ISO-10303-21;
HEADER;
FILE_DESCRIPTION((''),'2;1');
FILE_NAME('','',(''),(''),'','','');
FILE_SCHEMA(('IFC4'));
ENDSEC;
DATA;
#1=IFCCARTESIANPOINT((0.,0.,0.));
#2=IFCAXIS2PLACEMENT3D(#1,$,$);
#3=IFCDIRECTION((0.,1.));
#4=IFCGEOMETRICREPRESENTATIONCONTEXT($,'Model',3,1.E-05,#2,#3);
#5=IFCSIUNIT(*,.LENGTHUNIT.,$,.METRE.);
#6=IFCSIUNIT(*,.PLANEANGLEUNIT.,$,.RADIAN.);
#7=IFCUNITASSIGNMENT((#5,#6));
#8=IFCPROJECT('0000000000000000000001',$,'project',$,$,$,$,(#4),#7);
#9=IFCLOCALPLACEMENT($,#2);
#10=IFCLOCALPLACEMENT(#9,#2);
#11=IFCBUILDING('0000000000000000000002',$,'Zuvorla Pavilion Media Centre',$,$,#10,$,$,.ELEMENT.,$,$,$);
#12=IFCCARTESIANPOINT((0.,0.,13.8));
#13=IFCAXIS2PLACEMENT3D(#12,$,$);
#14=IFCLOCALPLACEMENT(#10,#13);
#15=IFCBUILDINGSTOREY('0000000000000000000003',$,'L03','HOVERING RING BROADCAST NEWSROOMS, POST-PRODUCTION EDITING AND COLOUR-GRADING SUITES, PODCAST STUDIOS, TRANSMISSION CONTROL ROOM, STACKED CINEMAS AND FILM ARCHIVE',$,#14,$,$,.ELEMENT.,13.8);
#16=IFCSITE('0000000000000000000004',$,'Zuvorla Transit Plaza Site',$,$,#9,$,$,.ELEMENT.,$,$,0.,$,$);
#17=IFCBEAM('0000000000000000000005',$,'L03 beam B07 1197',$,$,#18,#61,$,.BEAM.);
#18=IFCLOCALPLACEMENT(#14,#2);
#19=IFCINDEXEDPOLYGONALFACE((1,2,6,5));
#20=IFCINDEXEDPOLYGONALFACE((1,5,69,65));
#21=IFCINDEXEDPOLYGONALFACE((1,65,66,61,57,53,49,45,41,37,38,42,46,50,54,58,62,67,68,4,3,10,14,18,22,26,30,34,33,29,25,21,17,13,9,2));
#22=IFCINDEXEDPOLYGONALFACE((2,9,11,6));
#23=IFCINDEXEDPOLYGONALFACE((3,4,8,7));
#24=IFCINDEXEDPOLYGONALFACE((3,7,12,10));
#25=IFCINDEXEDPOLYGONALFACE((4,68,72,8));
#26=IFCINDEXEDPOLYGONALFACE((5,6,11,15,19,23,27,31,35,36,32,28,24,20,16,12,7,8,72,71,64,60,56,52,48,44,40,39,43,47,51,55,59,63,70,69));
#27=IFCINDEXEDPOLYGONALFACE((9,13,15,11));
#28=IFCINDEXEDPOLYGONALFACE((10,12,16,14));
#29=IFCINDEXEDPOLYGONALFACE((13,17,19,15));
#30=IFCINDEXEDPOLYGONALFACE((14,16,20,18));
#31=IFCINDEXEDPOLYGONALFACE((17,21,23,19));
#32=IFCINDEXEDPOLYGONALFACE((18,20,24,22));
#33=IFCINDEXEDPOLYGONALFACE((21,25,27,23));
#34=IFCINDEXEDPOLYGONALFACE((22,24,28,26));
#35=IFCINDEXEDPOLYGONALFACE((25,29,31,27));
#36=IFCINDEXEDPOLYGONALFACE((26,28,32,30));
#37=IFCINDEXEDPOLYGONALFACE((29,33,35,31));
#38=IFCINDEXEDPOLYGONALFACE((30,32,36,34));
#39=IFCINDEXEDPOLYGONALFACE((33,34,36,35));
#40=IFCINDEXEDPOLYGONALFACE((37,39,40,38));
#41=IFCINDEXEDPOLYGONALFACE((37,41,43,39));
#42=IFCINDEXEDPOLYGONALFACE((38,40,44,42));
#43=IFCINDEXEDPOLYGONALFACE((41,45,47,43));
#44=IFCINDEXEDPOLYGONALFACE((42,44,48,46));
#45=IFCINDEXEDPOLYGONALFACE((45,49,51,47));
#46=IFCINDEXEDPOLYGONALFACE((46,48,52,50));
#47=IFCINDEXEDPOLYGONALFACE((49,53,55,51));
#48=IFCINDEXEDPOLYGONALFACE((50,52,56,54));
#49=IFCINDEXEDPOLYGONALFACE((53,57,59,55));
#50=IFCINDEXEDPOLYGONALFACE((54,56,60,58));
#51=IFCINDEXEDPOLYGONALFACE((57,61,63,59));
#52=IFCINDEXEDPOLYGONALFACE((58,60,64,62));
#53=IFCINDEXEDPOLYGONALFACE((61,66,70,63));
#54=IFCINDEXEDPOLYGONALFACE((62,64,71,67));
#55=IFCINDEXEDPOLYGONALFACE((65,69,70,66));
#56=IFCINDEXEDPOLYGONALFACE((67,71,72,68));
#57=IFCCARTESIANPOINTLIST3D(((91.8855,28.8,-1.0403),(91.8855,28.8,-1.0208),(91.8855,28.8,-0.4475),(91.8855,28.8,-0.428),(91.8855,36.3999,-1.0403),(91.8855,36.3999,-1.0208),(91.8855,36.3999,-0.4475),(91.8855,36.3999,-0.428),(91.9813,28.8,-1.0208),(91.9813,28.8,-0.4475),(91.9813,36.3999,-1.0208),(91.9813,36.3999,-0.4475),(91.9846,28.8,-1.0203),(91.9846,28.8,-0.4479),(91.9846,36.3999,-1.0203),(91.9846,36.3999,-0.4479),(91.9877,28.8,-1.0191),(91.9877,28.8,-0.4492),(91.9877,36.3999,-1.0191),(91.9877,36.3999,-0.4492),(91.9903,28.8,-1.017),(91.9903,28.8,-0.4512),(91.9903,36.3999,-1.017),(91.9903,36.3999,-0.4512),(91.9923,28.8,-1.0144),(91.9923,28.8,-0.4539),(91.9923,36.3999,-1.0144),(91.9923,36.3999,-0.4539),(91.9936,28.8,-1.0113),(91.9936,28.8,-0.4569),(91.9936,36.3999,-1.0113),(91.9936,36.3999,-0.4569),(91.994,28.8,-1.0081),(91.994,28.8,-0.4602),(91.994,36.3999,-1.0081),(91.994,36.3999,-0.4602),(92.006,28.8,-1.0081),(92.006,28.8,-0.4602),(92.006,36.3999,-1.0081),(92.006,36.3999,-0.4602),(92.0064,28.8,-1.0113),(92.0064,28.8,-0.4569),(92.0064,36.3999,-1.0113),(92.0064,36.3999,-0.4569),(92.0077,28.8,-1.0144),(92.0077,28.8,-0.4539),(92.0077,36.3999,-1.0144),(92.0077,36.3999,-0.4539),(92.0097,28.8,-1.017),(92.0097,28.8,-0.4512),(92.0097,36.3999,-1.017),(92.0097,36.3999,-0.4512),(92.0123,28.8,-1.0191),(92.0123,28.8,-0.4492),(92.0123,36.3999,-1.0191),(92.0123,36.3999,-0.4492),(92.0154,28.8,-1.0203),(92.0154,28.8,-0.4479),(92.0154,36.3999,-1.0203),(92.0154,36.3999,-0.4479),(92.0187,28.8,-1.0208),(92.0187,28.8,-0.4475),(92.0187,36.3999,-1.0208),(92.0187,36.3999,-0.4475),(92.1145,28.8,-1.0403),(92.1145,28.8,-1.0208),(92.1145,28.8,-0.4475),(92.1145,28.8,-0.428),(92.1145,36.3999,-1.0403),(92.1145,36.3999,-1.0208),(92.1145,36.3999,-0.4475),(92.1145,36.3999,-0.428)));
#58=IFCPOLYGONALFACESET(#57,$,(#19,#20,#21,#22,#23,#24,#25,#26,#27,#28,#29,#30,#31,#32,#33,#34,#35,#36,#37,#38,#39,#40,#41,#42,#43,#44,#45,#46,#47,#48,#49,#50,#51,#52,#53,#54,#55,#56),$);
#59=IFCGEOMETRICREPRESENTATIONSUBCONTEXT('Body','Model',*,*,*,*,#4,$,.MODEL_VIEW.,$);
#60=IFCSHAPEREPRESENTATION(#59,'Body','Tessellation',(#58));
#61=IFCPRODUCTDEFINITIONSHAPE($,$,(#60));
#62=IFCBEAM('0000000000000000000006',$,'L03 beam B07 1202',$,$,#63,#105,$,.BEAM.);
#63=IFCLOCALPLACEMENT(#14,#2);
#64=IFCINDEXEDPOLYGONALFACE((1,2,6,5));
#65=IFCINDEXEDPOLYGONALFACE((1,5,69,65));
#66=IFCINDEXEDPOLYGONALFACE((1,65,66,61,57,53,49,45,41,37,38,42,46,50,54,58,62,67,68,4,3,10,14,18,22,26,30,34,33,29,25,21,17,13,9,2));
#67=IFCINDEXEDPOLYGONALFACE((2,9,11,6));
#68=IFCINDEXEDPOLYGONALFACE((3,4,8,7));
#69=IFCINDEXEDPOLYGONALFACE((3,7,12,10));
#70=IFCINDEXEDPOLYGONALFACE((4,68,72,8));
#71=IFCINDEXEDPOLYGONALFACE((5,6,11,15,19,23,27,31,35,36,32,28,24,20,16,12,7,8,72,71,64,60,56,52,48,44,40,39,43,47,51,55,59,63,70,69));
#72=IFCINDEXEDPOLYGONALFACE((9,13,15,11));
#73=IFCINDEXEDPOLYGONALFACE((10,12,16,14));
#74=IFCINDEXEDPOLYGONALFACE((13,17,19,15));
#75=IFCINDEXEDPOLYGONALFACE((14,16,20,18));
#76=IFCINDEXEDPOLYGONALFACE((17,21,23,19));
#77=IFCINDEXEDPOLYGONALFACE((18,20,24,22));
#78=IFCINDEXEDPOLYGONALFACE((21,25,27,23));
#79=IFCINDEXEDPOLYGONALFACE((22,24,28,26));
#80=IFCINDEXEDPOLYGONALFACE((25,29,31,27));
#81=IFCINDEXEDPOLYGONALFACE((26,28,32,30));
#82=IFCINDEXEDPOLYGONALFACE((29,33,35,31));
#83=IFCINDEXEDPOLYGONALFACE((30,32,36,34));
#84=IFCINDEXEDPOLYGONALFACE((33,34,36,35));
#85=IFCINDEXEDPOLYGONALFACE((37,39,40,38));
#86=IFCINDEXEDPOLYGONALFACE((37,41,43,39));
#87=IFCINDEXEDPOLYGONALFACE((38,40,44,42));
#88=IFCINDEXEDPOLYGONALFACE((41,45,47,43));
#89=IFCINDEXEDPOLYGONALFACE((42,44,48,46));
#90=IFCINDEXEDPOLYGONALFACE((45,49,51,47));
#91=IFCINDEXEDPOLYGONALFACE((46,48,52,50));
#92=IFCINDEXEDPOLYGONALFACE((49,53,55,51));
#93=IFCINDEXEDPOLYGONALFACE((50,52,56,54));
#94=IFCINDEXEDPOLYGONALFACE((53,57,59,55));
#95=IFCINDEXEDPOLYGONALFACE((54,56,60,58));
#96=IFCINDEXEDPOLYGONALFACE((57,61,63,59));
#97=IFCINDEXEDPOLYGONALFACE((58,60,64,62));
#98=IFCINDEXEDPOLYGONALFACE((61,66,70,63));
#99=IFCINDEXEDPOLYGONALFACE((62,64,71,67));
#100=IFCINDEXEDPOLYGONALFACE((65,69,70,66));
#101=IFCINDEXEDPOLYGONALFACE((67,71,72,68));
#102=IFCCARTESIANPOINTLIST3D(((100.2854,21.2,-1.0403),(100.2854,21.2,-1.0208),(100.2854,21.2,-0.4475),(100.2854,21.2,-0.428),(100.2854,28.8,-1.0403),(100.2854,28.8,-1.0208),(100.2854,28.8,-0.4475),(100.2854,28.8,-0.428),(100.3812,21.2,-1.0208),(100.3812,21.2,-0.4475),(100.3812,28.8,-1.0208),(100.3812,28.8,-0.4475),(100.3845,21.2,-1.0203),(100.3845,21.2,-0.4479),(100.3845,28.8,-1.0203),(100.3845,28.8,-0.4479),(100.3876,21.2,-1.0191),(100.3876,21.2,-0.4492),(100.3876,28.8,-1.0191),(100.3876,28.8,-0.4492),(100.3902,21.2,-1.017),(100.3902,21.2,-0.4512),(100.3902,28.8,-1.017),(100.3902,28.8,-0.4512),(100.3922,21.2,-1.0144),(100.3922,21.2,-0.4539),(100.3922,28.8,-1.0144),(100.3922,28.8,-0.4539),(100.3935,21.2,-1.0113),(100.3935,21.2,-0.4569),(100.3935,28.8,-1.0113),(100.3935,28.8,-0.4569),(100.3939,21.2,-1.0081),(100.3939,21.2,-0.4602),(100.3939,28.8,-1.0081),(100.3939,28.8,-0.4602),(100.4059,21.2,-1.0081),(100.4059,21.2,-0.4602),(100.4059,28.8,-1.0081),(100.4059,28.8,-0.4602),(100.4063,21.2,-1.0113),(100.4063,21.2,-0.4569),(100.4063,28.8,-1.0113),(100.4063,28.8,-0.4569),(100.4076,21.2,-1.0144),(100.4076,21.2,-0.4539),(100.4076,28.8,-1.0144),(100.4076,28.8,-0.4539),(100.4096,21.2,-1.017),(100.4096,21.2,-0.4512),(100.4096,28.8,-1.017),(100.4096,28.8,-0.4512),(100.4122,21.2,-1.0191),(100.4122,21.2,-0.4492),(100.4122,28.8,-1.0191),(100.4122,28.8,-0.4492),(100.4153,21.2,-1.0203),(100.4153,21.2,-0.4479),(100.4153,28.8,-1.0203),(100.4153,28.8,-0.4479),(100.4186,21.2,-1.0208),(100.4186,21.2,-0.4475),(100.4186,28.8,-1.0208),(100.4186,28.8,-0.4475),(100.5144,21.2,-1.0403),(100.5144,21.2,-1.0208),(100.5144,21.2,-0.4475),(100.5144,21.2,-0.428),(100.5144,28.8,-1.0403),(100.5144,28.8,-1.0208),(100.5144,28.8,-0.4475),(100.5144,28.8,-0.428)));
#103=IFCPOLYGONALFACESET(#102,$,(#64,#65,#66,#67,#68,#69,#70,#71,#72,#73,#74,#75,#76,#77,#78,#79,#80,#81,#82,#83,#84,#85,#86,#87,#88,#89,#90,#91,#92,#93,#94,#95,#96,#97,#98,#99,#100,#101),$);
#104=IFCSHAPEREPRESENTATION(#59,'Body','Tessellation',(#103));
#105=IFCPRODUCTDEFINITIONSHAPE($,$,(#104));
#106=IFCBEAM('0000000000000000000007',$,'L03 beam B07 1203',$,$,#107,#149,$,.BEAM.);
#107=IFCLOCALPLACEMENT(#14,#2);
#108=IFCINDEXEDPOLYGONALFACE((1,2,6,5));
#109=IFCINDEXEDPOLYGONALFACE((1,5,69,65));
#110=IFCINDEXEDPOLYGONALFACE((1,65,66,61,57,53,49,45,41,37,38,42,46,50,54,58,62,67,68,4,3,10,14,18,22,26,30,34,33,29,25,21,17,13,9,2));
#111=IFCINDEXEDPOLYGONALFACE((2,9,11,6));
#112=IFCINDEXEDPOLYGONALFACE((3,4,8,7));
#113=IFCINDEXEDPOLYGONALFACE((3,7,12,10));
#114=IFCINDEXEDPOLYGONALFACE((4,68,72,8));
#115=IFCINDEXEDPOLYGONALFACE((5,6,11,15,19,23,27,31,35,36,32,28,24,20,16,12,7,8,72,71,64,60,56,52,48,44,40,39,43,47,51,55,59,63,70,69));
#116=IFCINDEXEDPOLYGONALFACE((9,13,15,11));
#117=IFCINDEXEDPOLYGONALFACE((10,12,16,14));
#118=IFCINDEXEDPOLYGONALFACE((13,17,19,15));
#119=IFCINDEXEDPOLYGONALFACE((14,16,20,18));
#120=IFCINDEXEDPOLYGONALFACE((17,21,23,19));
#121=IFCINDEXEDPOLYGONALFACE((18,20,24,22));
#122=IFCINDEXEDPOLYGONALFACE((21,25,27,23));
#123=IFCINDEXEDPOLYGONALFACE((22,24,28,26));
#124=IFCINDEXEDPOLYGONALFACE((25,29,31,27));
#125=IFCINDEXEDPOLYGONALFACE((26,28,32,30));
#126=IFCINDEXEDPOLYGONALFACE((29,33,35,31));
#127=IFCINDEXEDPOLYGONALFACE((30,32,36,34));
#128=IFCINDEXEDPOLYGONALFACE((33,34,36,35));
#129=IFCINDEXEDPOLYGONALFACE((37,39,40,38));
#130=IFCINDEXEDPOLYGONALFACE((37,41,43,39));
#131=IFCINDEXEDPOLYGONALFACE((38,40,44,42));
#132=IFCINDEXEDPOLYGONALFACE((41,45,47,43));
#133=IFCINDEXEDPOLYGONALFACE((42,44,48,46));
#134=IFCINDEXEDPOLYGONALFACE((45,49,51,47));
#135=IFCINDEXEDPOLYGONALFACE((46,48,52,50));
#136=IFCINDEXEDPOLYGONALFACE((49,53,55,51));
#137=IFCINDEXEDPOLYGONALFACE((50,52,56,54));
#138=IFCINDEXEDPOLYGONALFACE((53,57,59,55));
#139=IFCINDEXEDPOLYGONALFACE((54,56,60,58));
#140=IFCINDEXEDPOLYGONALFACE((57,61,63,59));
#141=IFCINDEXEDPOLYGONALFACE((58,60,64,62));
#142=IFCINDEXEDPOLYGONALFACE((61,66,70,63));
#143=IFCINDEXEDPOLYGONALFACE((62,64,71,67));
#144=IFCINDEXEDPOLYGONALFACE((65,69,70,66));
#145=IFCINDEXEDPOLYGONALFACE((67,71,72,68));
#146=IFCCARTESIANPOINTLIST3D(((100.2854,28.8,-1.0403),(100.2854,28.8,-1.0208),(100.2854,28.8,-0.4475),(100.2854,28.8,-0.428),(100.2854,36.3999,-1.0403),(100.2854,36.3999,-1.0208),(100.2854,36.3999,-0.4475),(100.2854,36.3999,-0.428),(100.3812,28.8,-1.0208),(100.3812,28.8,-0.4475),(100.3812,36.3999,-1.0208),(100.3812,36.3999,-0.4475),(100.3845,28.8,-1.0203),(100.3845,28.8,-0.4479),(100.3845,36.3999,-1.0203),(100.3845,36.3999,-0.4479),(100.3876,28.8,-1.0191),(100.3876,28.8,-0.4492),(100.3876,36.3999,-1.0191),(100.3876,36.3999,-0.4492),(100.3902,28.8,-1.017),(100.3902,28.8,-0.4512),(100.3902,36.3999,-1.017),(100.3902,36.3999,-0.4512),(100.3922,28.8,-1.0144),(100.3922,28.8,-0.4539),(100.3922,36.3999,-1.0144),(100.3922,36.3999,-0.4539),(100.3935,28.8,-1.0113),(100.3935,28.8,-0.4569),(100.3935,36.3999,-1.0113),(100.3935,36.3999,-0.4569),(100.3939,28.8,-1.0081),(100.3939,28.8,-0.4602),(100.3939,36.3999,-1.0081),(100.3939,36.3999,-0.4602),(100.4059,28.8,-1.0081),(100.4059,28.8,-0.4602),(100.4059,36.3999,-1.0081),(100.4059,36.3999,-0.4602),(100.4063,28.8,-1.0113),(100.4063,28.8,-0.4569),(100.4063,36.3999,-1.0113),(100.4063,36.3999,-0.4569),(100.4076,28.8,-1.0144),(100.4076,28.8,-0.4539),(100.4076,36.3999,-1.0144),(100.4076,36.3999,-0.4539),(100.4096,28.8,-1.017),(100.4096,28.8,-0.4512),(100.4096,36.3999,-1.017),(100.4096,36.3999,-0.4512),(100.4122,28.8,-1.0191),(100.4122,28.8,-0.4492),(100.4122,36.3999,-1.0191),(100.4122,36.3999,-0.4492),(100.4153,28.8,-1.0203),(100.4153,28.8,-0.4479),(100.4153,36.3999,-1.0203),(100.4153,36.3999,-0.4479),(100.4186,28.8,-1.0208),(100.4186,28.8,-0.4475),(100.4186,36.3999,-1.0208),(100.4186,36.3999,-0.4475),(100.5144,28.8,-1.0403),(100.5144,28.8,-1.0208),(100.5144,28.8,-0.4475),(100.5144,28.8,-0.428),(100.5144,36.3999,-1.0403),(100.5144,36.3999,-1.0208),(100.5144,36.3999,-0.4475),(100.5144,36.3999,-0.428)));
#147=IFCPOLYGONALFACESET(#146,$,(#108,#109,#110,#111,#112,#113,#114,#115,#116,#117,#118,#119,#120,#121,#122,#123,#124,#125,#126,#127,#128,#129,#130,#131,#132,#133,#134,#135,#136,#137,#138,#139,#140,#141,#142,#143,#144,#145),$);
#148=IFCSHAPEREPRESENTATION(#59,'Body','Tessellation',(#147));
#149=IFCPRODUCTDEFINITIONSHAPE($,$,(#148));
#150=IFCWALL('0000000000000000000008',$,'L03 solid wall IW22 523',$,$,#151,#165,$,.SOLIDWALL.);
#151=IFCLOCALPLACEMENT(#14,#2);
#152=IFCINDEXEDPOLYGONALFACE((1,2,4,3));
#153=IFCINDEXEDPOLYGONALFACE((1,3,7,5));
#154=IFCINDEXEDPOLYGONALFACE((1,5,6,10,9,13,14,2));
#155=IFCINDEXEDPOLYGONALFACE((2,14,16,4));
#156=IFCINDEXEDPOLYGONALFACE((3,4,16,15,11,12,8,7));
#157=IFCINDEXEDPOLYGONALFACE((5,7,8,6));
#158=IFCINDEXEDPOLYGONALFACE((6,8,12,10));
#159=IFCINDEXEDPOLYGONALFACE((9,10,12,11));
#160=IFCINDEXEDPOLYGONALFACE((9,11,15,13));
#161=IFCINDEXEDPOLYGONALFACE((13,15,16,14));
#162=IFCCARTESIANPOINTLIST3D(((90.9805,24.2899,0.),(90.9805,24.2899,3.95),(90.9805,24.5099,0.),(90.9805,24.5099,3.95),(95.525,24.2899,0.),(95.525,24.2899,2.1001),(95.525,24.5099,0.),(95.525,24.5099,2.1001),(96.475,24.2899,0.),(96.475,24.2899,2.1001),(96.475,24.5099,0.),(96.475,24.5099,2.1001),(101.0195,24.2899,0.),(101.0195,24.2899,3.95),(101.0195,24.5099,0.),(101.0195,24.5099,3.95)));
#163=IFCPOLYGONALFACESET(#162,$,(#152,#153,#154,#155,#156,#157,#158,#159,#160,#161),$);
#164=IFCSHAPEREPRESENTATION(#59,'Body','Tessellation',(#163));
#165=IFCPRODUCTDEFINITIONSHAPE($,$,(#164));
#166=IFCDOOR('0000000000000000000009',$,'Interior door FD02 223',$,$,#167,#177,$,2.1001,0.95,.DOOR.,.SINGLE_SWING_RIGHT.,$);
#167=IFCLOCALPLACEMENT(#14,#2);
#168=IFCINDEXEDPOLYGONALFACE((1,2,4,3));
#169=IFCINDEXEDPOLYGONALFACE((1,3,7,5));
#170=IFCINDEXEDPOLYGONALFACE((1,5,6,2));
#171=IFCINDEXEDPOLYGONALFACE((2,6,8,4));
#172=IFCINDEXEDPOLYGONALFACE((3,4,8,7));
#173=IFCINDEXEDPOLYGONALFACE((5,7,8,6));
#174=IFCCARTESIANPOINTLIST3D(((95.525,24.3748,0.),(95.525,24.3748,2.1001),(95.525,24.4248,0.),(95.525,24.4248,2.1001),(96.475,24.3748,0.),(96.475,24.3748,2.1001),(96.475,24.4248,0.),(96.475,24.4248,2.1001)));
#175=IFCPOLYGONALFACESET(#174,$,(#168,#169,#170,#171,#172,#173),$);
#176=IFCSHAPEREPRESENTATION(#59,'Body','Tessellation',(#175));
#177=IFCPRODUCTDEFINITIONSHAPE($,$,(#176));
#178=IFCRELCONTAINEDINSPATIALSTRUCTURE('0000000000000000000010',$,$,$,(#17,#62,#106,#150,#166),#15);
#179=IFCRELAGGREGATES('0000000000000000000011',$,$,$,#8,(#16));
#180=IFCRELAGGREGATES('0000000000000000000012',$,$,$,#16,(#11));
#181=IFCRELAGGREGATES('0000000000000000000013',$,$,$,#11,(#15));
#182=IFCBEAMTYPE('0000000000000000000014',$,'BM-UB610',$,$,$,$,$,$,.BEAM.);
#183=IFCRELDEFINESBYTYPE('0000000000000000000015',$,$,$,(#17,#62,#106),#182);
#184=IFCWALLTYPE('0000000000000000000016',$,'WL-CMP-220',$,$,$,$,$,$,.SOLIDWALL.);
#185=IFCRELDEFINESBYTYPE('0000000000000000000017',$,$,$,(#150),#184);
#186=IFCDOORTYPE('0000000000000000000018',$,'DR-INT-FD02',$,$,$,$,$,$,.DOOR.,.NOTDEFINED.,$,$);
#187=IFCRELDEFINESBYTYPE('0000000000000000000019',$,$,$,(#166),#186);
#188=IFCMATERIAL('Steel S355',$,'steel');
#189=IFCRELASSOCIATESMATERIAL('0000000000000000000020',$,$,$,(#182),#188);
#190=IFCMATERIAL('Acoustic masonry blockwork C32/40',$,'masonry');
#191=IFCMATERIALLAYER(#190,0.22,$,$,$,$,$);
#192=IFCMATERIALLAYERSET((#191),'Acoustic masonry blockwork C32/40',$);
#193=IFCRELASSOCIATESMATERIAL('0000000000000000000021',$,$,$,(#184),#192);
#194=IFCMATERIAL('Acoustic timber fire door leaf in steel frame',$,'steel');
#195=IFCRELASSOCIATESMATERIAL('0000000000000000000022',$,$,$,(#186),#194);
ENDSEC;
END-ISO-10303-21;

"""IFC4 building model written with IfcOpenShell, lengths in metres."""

from ifc_helpers import new_model, si_unit, direction, frame, frame_2d, origin, origin_2d, place, context, subcontext, project, spatial, rectangle, i_section, extrude, material, layer, layer_set, material_profile, profile_set, type_object, element, fill, save


model = new_model("IFC4")

# Units and contexts
model_context = context("Model", 3, precision=1e-05, world=origin(), true_north=direction((0.0, 1.0)))
body_context = subcontext(model_context, "Body", "Model", "MODEL_VIEW")
ifc_project = project(units=[si_unit("LENGTHUNIT", "METRE"), si_unit("PLANEANGLEUNIT", "RADIAN")], contexts=[model_context])

# Site, building, storey
site_placement = place(None, origin())
site = spatial("IfcSite", under=ifc_project, at=site_placement, Name="Zuvorla Transit Plaza Site", CompositionType="ELEMENT", RefElevation=0.0)
building_placement = place(site_placement, origin())
building = spatial("IfcBuilding", under=site, at=building_placement, Name="Zuvorla Pavilion Media Centre", CompositionType="ELEMENT")
storey_placement = place(building_placement, frame((0.0, 0.0, 13.8)))
storey = spatial("IfcBuildingStorey", under=building, at=storey_placement, Name="L03", Description="HOVERING RING BROADCAST NEWSROOMS, POST-PRODUCTION EDITING AND COLOUR-GRADING SUITES, PODCAST STUDIOS, TRANSMISSION CONTROL ROOM, STACKED CINEMAS AND FILM ARCHIVE", CompositionType="ELEMENT", Elevation=13.8)

# Beams
ifc_material_1 = material(Name="Steel S355", Category="steel")
ifc_material_profile_1 = material_profile(ifc_material_1, i_section(OverallWidth=0.229, OverallDepth=0.6123, WebThickness=0.012, FlangeThickness=0.0195, FilletRadius=0.0127, at=origin_2d()), Name="UB 610x229x125")
ifc_profile_set_1 = profile_set([ifc_material_profile_1], Name="Steel S355")
beam_type_1 = type_object("IfcBeamType", Name="BM-UB610", PredefinedType="BEAM", material=ifc_profile_set_1)
beam_1_placement = place(storey_placement, frame((92.0, 28.8, -0.7341), z_axis=(0.0, 1.0, 0.0), x_axis=(-1.0, 0.0, 0.0)))
element("IfcBeam", 1, at=beam_1_placement, inside=storey, type_object=beam_type_1, Name="L03 beam B07 1197", PredefinedType="BEAM", context=body_context, shape_type="SweptSolid", body=[
    extrude(i_section(OverallWidth=0.229, OverallDepth=0.6123, WebThickness=0.012, FlangeThickness=0.0195, FilletRadius=0.0127, at=origin_2d()), origin(), (0.0, 0.0, 1.0), 7.5999),
])
beam_2_placement = place(storey_placement, frame((100.3999, 21.2, -0.7341), z_axis=(0.0, 1.0, 0.0), x_axis=(-1.0, 0.0, 0.0)))
element("IfcBeam", 2, at=beam_2_placement, inside=storey, type_object=beam_type_1, Name="L03 beam B07 1202", PredefinedType="BEAM", context=body_context, shape_type="SweptSolid", body=[
    extrude(i_section(OverallWidth=0.229, OverallDepth=0.6123, WebThickness=0.012, FlangeThickness=0.0195, FilletRadius=0.0127, at=origin_2d()), origin(), (0.0, 0.0, 1.0), 7.6001),
])
beam_3_placement = place(storey_placement, frame((100.3999, 28.8, -0.7341), z_axis=(0.0, 1.0, 0.0), x_axis=(-1.0, 0.0, 0.0)))
element("IfcBeam", 3, at=beam_3_placement, inside=storey, type_object=beam_type_1, Name="L03 beam B07 1203", PredefinedType="BEAM", context=body_context, shape_type="SweptSolid", body=[
    extrude(i_section(OverallWidth=0.229, OverallDepth=0.6123, WebThickness=0.012, FlangeThickness=0.0195, FilletRadius=0.0127, at=origin_2d()), origin(), (0.0, 0.0, 1.0), 7.5999),
])

# Wall, opening, door
ifc_material_2 = material(Name="Acoustic masonry blockwork C32/40", Category="masonry")
ifc_layer_1 = layer(ifc_material_2, 0.22)
ifc_layer_set_1 = layer_set([ifc_layer_1], Name="Acoustic masonry blockwork C32/40")
wall_type_1 = type_object("IfcWallType", Name="WL-CMP-220", PredefinedType="SOLIDWALL", material=ifc_layer_set_1)
wall_1_placement = place(storey_placement, frame((90.9805, 24.3999, 0.0), z_axis=(0.0, 0.0, 1.0), x_axis=(1.0, 0.0, 0.0)))
wall_1 = element("IfcWall", 4, at=wall_1_placement, inside=storey, type_object=wall_type_1, Name="L03 solid wall IW22 523", PredefinedType="SOLIDWALL", context=body_context, shape_type="SweptSolid", body=[
    extrude(rectangle(XDim=10.0391, YDim=0.22, at=frame_2d((5.0195, 0.0))), origin(), (0.0, 0.0, 1.0), 3.95),
])
opening_1_placement = place(wall_1_placement, frame((4.5444, 0.0, 0.0)))
opening_1 = element("IfcOpeningElement", 5, at=opening_1_placement, cuts=wall_1, PredefinedType="OPENING", context=body_context, shape_type="SweptSolid", body=[
    extrude(rectangle(XDim=0.95, YDim=2.1001, at=frame_2d((0.4751, 1.05))), frame((0.0, 0.1199, 0.0), z_axis=(0.0, -1.0, 0.0), x_axis=(1.0, 0.0, 0.0)), (0.0, 0.0, 1.0), 0.24),
])
ifc_material_3 = material(Name="Acoustic timber fire door leaf in steel frame", Category="steel")
door_type = type_object("IfcDoorType", Name="DR-INT-FD02", OperationType="NOTDEFINED", PredefinedType="DOOR", material=ifc_material_3)
door_placement = place(opening_1_placement, origin())
door = element("IfcDoor", 6, at=door_placement, inside=storey, type_object=door_type, Name="Interior door FD02 223", OperationType="SINGLE_SWING_RIGHT", OverallHeight=2.1001, OverallWidth=0.95, PredefinedType="DOOR", context=body_context, shape_type="SweptSolid", body=[
    extrude(rectangle(XDim=0.95, YDim=2.1001, at=frame_2d((0.4751, 1.05))), frame((0.0, 0.0249, 0.0), z_axis=(0.0, -1.0, 0.0), x_axis=(1.0, 0.0, 0.0)), (0.0, 0.0, 1.0), 0.05),
])
fill(opening_1, door)

save(model, "model.ifc")
